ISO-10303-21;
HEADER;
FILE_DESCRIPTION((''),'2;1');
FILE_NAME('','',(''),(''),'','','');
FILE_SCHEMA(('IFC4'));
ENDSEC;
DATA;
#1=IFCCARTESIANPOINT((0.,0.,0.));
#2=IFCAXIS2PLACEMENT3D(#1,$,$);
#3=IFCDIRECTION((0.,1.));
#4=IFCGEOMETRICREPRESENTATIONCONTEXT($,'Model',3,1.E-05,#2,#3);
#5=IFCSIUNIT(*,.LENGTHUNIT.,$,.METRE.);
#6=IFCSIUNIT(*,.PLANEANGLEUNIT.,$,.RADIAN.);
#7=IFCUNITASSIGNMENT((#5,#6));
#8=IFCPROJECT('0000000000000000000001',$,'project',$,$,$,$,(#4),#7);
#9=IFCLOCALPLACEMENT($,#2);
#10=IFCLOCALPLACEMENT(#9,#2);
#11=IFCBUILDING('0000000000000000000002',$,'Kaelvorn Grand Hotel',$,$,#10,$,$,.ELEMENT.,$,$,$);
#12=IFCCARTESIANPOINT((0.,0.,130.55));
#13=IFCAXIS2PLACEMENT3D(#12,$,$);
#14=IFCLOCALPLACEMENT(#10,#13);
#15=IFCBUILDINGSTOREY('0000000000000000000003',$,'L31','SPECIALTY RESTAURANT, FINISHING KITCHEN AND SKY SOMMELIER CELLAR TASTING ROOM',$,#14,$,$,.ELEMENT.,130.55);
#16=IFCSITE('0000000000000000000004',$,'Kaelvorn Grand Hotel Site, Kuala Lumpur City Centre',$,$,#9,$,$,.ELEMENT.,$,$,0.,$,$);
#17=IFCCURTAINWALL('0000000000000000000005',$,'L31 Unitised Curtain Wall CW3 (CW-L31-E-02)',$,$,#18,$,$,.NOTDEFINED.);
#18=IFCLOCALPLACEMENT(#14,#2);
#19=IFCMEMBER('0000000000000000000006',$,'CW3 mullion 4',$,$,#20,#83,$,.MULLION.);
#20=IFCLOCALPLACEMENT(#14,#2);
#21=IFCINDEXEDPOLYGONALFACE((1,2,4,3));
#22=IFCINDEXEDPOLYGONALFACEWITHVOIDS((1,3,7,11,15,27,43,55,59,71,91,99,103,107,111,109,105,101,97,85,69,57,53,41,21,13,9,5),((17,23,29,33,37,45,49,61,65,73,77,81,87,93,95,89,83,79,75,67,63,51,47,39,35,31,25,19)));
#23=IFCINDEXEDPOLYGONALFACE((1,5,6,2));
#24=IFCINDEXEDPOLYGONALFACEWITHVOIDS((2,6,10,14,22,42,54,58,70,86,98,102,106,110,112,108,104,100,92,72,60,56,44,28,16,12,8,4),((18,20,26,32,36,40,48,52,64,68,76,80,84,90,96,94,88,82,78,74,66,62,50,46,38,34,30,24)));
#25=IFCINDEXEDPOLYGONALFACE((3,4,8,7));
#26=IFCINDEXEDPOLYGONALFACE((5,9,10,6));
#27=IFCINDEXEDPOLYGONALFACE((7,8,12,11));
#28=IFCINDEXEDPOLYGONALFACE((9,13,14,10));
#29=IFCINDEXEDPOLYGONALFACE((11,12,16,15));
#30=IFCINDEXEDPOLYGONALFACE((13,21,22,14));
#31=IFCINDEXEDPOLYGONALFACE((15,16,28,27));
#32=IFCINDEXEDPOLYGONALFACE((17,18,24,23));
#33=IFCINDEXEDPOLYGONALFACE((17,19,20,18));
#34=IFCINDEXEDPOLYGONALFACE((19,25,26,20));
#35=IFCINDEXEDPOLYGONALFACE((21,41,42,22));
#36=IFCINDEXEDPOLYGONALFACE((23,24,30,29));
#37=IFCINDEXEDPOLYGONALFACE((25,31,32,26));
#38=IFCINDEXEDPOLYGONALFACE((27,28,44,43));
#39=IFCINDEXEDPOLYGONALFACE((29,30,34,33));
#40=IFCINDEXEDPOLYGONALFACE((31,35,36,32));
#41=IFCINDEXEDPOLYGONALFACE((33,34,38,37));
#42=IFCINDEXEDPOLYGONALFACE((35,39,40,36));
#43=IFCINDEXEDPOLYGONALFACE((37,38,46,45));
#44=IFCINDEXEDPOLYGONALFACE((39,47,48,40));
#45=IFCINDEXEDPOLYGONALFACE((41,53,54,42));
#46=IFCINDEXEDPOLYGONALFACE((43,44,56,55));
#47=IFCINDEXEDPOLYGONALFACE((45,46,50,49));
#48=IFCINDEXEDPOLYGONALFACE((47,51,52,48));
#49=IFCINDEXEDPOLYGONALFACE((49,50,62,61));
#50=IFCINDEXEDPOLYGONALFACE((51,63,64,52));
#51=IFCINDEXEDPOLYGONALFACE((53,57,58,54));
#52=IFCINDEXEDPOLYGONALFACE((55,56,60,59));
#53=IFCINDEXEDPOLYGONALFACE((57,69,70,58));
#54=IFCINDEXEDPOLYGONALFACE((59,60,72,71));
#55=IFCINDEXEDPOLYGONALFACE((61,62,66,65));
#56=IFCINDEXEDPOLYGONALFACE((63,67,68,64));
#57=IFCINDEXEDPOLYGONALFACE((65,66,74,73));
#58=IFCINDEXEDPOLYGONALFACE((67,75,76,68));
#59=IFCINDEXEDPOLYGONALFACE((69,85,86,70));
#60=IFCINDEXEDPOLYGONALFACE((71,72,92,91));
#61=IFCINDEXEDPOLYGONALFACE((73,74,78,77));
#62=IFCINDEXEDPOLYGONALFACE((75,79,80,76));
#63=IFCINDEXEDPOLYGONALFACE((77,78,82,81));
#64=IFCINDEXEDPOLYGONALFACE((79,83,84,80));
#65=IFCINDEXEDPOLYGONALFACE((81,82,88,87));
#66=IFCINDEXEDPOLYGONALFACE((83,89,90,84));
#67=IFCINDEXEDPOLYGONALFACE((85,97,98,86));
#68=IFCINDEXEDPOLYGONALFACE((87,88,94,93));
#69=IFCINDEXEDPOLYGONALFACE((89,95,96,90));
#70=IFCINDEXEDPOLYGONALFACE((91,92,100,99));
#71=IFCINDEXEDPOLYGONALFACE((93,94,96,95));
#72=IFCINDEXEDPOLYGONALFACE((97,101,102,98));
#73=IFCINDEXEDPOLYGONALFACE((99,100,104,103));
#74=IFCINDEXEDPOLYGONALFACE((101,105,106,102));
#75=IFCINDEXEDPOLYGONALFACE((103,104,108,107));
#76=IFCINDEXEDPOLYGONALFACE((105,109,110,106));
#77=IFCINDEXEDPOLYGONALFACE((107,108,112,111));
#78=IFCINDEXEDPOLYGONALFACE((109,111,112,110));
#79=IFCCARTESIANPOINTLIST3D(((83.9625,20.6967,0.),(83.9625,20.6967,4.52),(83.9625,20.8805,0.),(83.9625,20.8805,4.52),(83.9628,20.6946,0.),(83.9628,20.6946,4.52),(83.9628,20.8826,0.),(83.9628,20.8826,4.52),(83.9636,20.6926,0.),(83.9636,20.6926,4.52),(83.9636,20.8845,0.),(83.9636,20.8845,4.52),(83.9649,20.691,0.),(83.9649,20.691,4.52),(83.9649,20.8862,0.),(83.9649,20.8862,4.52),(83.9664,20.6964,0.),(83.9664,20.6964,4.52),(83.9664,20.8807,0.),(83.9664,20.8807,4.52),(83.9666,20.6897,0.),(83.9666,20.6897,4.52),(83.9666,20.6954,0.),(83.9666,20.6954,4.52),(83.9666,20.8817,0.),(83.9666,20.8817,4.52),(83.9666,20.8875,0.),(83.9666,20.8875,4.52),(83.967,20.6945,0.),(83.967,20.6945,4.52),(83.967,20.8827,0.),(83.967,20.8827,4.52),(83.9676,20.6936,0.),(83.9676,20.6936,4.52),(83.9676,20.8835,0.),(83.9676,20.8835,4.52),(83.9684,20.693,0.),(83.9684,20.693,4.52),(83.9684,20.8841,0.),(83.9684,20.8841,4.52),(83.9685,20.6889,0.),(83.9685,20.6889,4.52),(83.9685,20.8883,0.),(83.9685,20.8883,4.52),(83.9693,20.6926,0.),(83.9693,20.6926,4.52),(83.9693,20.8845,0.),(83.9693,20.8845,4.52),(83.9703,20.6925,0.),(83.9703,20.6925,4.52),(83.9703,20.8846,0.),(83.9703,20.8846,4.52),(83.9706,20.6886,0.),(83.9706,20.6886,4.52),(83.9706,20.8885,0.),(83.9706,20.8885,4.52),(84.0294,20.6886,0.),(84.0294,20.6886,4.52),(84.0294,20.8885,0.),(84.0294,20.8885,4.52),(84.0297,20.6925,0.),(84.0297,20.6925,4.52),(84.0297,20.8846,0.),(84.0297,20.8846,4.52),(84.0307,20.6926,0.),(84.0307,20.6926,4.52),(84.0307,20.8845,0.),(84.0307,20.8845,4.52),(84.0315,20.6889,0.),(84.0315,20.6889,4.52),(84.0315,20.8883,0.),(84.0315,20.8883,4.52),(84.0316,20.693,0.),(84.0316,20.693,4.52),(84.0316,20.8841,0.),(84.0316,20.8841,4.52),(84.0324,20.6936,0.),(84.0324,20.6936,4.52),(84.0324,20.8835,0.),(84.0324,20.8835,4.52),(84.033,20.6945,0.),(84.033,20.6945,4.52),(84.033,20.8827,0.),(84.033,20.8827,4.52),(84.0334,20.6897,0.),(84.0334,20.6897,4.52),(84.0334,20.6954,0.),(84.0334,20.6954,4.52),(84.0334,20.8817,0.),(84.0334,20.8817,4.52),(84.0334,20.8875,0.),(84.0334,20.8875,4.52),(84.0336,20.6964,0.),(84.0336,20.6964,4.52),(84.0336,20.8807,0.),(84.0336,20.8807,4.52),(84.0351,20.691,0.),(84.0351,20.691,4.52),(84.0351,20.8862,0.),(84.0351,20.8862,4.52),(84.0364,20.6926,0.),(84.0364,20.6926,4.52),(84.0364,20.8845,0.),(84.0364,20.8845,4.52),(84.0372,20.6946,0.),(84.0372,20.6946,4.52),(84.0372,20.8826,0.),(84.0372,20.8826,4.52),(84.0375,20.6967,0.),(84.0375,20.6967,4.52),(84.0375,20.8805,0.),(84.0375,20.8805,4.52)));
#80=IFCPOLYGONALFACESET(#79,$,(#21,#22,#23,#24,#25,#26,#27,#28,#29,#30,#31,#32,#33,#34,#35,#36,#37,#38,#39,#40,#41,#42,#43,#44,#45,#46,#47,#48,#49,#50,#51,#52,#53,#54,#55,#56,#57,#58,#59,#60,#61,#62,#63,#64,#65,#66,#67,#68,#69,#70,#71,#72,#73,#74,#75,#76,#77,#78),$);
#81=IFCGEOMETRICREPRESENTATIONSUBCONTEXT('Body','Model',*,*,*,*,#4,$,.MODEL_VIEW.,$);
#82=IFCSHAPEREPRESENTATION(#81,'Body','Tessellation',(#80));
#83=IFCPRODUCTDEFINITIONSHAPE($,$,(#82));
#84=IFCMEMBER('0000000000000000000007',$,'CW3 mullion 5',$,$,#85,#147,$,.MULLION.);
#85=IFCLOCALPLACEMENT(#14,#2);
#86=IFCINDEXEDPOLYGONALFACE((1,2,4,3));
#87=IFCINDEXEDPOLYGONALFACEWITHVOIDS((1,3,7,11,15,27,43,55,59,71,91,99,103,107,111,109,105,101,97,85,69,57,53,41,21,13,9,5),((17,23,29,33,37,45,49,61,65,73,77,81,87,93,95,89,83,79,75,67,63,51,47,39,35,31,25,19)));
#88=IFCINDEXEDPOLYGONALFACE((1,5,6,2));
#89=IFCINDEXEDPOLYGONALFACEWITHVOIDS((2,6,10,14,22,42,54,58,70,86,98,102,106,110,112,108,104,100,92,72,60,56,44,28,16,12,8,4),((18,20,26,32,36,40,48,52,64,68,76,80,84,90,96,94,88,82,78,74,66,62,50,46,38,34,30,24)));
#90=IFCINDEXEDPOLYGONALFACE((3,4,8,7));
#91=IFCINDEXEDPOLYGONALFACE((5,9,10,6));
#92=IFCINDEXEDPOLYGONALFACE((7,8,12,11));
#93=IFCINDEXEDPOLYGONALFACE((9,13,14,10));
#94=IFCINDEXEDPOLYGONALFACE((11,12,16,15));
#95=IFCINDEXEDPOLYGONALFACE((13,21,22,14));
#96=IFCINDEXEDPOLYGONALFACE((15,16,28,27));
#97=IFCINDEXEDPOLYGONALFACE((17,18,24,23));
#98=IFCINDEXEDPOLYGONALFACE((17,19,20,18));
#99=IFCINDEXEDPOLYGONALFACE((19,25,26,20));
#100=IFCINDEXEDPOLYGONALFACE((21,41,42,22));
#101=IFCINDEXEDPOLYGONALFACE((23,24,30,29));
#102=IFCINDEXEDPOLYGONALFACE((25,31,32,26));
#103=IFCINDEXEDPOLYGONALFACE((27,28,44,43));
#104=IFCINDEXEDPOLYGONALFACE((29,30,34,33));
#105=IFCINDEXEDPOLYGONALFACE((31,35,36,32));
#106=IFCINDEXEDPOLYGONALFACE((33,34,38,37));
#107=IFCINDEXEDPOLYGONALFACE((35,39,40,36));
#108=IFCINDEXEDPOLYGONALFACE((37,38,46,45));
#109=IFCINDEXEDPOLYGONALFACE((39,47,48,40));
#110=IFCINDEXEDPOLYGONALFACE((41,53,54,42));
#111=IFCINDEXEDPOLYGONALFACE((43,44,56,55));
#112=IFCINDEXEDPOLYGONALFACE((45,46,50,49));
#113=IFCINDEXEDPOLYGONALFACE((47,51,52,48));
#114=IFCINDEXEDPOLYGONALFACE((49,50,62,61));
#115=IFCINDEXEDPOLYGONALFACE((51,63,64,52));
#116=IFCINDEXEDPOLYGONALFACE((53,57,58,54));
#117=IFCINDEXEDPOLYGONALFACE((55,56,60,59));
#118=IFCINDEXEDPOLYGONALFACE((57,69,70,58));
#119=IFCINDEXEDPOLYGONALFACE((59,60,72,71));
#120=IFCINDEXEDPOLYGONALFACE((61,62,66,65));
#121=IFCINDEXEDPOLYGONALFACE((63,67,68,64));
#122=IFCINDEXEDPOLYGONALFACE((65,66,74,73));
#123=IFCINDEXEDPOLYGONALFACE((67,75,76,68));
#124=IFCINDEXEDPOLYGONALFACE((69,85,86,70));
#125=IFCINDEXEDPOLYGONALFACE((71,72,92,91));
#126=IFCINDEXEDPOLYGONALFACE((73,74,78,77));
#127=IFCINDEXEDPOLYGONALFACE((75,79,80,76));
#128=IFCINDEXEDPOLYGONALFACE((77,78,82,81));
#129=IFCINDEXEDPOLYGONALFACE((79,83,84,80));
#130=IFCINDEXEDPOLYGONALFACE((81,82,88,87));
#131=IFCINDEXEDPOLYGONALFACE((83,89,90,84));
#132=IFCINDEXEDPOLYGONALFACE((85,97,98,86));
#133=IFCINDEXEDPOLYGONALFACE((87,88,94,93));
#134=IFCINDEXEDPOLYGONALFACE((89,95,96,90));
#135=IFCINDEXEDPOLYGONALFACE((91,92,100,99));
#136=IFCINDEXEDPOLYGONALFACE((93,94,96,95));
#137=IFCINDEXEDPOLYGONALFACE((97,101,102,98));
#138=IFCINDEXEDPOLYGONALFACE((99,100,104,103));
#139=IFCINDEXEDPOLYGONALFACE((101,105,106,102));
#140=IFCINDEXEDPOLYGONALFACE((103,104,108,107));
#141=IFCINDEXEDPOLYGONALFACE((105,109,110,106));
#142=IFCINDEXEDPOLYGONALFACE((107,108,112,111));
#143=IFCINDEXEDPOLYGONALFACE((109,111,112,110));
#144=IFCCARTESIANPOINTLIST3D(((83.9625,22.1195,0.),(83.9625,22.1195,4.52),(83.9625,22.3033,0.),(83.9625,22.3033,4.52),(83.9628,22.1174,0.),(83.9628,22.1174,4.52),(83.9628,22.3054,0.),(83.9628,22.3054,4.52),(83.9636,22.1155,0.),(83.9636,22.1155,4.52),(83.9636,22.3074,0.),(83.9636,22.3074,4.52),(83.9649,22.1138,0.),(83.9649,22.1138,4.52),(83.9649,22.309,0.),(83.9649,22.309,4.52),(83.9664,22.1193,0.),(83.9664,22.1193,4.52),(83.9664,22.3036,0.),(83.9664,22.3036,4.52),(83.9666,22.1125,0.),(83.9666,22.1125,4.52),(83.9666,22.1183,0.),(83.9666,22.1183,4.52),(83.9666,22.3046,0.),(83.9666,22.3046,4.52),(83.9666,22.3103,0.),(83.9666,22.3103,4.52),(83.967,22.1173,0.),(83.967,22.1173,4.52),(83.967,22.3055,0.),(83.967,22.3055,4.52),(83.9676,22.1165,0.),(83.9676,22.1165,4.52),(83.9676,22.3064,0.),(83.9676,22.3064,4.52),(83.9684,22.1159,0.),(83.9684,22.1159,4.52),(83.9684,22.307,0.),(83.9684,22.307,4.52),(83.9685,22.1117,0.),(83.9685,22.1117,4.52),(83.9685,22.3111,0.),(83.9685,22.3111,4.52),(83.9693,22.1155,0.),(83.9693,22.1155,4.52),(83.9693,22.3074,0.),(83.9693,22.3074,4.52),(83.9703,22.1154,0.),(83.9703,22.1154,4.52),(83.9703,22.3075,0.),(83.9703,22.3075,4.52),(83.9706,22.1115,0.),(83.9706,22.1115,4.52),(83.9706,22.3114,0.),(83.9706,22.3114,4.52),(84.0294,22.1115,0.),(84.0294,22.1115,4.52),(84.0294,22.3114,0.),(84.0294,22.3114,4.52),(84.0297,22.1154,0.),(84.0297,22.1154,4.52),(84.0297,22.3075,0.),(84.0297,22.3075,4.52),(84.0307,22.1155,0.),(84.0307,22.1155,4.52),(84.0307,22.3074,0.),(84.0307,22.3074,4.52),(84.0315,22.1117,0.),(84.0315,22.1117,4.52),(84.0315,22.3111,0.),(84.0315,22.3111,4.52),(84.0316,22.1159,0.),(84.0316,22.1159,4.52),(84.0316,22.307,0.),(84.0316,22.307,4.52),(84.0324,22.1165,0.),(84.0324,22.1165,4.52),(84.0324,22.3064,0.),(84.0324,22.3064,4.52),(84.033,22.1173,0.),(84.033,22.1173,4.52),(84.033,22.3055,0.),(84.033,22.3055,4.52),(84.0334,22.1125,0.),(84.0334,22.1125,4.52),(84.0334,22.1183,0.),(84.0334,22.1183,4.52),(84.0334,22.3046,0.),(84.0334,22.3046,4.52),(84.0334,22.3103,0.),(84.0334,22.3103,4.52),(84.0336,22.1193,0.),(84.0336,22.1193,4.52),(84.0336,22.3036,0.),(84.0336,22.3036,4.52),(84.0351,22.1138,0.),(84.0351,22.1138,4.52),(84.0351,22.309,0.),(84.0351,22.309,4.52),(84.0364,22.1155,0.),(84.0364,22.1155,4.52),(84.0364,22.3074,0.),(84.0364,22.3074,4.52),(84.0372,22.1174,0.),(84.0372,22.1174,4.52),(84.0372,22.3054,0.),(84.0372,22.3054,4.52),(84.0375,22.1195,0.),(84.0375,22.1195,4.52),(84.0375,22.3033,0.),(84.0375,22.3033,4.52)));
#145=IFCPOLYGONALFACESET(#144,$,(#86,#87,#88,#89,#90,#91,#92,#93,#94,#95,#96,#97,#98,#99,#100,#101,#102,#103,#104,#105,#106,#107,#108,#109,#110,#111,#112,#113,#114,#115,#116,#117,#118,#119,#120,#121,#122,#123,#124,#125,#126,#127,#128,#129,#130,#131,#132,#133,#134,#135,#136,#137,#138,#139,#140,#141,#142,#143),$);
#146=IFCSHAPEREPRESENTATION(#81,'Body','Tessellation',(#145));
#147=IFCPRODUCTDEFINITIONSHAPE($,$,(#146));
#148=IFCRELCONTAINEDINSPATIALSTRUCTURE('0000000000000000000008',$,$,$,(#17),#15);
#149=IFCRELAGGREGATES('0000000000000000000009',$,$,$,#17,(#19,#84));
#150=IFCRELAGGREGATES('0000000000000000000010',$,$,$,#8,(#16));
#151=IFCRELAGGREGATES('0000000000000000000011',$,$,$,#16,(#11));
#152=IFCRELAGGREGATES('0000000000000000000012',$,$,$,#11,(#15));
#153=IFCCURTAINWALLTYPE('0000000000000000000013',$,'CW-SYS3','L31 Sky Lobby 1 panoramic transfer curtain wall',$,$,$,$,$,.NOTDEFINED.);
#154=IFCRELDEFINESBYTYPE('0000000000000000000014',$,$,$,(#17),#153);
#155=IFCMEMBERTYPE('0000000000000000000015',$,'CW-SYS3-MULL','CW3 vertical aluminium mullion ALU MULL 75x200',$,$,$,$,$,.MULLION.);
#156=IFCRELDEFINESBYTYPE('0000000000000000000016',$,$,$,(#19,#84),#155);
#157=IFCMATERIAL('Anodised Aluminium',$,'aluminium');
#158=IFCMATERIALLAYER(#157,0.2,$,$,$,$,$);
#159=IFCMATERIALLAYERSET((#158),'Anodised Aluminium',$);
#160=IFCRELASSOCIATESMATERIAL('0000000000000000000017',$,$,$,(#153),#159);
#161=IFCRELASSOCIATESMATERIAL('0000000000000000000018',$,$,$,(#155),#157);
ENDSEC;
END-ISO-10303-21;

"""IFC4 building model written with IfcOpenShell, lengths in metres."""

from ifc_helpers import new_model, si_unit, direction, frame, origin, origin_2d, place, context, subcontext, project, spatial, hollow_rectangle, extrude, material, layer, layer_set, material_profile, profile_set, type_object, element, aggregate, save


model = new_model("IFC4")

# Units and contexts
model_context = context("Model", 3, precision=1e-05, world=origin(), true_north=direction((0.0, 1.0)))
body_context = subcontext(model_context, "Body", "Model", "MODEL_VIEW")
ifc_project = project(units=[si_unit("LENGTHUNIT", "METRE"), si_unit("PLANEANGLEUNIT", "RADIAN")], contexts=[model_context])

# Site, building, storey
site_placement = place(None, origin())
site = spatial("IfcSite", under=ifc_project, at=site_placement, Name="Kaelvorn Grand Hotel Site, Kuala Lumpur City Centre", CompositionType="ELEMENT", RefElevation=0.0)
building_placement = place(site_placement, origin())
building = spatial("IfcBuilding", under=site, at=building_placement, Name="Kaelvorn Grand Hotel", CompositionType="ELEMENT")
storey_placement = place(building_placement, frame((0.0, 0.0, 130.55)))
storey = spatial("IfcBuildingStorey", under=building, at=storey_placement, Name="L31", Description="SPECIALTY RESTAURANT, FINISHING KITCHEN AND SKY SOMMELIER CELLAR TASTING ROOM", CompositionType="ELEMENT", Elevation=130.55)

# Curtain wall, members
ifc_material_1 = material(Name="Anodised Aluminium", Category="aluminium")
ifc_layer_1 = layer(ifc_material_1, 0.2)
ifc_layer_set_1 = layer_set([ifc_layer_1], Name="Anodised Aluminium")
curtain_wall_type = type_object("IfcCurtainWallType", Name="CW-SYS3", Description="L31 Sky Lobby 1 panoramic transfer curtain wall", PredefinedType="NOTDEFINED", material=ifc_layer_set_1)
curtain_wall_placement = place(storey_placement, origin())
curtain_wall = element("IfcCurtainWall", 1, at=curtain_wall_placement, inside=storey, type_object=curtain_wall_type, Name="L31 Unitised Curtain Wall CW3 (CW-L31-E-02)", PredefinedType="NOTDEFINED")
ifc_material_profile_1 = material_profile(ifc_material_1, hollow_rectangle(XDim=0.075, YDim=0.2, WallThickness=0.0039, InnerFilletRadius=0.0039, OuterFilletRadius=0.0081, at=origin_2d()), Name="ALU MULL 75x200")
ifc_profile_set_1 = profile_set([ifc_material_profile_1], Name="Anodised Aluminium")
member_type_1 = type_object("IfcMemberType", Name="CW-SYS3-MULL", Description="CW3 vertical aluminium mullion ALU MULL 75x200", PredefinedType="MULLION", material=ifc_profile_set_1)
member_1_placement = place(storey_placement, frame((84.0, 20.7886, 0.0), z_axis=(0.0, 0.0, 1.0), x_axis=(-1.0, 0.0, 0.0)))
member_1 = element("IfcMember", 2, at=member_1_placement, type_object=member_type_1, Name="CW3 mullion 4", PredefinedType="MULLION", context=body_context, shape_type="SweptSolid", body=[
    extrude(hollow_rectangle(XDim=0.075, YDim=0.2, WallThickness=0.0039, InnerFilletRadius=0.0039, OuterFilletRadius=0.0081, at=origin_2d()), origin(), (0.0, 0.0, 1.0), 4.52),
])
member_2_placement = place(storey_placement, frame((84.0, 22.2114, 0.0), z_axis=(0.0, 0.0, 1.0), x_axis=(-1.0, 0.0, 0.0)))
member_2 = element("IfcMember", 3, at=member_2_placement, type_object=member_type_1, Name="CW3 mullion 5", PredefinedType="MULLION", context=body_context, shape_type="SweptSolid", body=[
    extrude(hollow_rectangle(XDim=0.075, YDim=0.2, WallThickness=0.0039, InnerFilletRadius=0.0039, OuterFilletRadius=0.0081, at=origin_2d()), origin(), (0.0, 0.0, 1.0), 4.52),
])
aggregate(curtain_wall, [member_1, member_2])

save(model, "model.ifc")
